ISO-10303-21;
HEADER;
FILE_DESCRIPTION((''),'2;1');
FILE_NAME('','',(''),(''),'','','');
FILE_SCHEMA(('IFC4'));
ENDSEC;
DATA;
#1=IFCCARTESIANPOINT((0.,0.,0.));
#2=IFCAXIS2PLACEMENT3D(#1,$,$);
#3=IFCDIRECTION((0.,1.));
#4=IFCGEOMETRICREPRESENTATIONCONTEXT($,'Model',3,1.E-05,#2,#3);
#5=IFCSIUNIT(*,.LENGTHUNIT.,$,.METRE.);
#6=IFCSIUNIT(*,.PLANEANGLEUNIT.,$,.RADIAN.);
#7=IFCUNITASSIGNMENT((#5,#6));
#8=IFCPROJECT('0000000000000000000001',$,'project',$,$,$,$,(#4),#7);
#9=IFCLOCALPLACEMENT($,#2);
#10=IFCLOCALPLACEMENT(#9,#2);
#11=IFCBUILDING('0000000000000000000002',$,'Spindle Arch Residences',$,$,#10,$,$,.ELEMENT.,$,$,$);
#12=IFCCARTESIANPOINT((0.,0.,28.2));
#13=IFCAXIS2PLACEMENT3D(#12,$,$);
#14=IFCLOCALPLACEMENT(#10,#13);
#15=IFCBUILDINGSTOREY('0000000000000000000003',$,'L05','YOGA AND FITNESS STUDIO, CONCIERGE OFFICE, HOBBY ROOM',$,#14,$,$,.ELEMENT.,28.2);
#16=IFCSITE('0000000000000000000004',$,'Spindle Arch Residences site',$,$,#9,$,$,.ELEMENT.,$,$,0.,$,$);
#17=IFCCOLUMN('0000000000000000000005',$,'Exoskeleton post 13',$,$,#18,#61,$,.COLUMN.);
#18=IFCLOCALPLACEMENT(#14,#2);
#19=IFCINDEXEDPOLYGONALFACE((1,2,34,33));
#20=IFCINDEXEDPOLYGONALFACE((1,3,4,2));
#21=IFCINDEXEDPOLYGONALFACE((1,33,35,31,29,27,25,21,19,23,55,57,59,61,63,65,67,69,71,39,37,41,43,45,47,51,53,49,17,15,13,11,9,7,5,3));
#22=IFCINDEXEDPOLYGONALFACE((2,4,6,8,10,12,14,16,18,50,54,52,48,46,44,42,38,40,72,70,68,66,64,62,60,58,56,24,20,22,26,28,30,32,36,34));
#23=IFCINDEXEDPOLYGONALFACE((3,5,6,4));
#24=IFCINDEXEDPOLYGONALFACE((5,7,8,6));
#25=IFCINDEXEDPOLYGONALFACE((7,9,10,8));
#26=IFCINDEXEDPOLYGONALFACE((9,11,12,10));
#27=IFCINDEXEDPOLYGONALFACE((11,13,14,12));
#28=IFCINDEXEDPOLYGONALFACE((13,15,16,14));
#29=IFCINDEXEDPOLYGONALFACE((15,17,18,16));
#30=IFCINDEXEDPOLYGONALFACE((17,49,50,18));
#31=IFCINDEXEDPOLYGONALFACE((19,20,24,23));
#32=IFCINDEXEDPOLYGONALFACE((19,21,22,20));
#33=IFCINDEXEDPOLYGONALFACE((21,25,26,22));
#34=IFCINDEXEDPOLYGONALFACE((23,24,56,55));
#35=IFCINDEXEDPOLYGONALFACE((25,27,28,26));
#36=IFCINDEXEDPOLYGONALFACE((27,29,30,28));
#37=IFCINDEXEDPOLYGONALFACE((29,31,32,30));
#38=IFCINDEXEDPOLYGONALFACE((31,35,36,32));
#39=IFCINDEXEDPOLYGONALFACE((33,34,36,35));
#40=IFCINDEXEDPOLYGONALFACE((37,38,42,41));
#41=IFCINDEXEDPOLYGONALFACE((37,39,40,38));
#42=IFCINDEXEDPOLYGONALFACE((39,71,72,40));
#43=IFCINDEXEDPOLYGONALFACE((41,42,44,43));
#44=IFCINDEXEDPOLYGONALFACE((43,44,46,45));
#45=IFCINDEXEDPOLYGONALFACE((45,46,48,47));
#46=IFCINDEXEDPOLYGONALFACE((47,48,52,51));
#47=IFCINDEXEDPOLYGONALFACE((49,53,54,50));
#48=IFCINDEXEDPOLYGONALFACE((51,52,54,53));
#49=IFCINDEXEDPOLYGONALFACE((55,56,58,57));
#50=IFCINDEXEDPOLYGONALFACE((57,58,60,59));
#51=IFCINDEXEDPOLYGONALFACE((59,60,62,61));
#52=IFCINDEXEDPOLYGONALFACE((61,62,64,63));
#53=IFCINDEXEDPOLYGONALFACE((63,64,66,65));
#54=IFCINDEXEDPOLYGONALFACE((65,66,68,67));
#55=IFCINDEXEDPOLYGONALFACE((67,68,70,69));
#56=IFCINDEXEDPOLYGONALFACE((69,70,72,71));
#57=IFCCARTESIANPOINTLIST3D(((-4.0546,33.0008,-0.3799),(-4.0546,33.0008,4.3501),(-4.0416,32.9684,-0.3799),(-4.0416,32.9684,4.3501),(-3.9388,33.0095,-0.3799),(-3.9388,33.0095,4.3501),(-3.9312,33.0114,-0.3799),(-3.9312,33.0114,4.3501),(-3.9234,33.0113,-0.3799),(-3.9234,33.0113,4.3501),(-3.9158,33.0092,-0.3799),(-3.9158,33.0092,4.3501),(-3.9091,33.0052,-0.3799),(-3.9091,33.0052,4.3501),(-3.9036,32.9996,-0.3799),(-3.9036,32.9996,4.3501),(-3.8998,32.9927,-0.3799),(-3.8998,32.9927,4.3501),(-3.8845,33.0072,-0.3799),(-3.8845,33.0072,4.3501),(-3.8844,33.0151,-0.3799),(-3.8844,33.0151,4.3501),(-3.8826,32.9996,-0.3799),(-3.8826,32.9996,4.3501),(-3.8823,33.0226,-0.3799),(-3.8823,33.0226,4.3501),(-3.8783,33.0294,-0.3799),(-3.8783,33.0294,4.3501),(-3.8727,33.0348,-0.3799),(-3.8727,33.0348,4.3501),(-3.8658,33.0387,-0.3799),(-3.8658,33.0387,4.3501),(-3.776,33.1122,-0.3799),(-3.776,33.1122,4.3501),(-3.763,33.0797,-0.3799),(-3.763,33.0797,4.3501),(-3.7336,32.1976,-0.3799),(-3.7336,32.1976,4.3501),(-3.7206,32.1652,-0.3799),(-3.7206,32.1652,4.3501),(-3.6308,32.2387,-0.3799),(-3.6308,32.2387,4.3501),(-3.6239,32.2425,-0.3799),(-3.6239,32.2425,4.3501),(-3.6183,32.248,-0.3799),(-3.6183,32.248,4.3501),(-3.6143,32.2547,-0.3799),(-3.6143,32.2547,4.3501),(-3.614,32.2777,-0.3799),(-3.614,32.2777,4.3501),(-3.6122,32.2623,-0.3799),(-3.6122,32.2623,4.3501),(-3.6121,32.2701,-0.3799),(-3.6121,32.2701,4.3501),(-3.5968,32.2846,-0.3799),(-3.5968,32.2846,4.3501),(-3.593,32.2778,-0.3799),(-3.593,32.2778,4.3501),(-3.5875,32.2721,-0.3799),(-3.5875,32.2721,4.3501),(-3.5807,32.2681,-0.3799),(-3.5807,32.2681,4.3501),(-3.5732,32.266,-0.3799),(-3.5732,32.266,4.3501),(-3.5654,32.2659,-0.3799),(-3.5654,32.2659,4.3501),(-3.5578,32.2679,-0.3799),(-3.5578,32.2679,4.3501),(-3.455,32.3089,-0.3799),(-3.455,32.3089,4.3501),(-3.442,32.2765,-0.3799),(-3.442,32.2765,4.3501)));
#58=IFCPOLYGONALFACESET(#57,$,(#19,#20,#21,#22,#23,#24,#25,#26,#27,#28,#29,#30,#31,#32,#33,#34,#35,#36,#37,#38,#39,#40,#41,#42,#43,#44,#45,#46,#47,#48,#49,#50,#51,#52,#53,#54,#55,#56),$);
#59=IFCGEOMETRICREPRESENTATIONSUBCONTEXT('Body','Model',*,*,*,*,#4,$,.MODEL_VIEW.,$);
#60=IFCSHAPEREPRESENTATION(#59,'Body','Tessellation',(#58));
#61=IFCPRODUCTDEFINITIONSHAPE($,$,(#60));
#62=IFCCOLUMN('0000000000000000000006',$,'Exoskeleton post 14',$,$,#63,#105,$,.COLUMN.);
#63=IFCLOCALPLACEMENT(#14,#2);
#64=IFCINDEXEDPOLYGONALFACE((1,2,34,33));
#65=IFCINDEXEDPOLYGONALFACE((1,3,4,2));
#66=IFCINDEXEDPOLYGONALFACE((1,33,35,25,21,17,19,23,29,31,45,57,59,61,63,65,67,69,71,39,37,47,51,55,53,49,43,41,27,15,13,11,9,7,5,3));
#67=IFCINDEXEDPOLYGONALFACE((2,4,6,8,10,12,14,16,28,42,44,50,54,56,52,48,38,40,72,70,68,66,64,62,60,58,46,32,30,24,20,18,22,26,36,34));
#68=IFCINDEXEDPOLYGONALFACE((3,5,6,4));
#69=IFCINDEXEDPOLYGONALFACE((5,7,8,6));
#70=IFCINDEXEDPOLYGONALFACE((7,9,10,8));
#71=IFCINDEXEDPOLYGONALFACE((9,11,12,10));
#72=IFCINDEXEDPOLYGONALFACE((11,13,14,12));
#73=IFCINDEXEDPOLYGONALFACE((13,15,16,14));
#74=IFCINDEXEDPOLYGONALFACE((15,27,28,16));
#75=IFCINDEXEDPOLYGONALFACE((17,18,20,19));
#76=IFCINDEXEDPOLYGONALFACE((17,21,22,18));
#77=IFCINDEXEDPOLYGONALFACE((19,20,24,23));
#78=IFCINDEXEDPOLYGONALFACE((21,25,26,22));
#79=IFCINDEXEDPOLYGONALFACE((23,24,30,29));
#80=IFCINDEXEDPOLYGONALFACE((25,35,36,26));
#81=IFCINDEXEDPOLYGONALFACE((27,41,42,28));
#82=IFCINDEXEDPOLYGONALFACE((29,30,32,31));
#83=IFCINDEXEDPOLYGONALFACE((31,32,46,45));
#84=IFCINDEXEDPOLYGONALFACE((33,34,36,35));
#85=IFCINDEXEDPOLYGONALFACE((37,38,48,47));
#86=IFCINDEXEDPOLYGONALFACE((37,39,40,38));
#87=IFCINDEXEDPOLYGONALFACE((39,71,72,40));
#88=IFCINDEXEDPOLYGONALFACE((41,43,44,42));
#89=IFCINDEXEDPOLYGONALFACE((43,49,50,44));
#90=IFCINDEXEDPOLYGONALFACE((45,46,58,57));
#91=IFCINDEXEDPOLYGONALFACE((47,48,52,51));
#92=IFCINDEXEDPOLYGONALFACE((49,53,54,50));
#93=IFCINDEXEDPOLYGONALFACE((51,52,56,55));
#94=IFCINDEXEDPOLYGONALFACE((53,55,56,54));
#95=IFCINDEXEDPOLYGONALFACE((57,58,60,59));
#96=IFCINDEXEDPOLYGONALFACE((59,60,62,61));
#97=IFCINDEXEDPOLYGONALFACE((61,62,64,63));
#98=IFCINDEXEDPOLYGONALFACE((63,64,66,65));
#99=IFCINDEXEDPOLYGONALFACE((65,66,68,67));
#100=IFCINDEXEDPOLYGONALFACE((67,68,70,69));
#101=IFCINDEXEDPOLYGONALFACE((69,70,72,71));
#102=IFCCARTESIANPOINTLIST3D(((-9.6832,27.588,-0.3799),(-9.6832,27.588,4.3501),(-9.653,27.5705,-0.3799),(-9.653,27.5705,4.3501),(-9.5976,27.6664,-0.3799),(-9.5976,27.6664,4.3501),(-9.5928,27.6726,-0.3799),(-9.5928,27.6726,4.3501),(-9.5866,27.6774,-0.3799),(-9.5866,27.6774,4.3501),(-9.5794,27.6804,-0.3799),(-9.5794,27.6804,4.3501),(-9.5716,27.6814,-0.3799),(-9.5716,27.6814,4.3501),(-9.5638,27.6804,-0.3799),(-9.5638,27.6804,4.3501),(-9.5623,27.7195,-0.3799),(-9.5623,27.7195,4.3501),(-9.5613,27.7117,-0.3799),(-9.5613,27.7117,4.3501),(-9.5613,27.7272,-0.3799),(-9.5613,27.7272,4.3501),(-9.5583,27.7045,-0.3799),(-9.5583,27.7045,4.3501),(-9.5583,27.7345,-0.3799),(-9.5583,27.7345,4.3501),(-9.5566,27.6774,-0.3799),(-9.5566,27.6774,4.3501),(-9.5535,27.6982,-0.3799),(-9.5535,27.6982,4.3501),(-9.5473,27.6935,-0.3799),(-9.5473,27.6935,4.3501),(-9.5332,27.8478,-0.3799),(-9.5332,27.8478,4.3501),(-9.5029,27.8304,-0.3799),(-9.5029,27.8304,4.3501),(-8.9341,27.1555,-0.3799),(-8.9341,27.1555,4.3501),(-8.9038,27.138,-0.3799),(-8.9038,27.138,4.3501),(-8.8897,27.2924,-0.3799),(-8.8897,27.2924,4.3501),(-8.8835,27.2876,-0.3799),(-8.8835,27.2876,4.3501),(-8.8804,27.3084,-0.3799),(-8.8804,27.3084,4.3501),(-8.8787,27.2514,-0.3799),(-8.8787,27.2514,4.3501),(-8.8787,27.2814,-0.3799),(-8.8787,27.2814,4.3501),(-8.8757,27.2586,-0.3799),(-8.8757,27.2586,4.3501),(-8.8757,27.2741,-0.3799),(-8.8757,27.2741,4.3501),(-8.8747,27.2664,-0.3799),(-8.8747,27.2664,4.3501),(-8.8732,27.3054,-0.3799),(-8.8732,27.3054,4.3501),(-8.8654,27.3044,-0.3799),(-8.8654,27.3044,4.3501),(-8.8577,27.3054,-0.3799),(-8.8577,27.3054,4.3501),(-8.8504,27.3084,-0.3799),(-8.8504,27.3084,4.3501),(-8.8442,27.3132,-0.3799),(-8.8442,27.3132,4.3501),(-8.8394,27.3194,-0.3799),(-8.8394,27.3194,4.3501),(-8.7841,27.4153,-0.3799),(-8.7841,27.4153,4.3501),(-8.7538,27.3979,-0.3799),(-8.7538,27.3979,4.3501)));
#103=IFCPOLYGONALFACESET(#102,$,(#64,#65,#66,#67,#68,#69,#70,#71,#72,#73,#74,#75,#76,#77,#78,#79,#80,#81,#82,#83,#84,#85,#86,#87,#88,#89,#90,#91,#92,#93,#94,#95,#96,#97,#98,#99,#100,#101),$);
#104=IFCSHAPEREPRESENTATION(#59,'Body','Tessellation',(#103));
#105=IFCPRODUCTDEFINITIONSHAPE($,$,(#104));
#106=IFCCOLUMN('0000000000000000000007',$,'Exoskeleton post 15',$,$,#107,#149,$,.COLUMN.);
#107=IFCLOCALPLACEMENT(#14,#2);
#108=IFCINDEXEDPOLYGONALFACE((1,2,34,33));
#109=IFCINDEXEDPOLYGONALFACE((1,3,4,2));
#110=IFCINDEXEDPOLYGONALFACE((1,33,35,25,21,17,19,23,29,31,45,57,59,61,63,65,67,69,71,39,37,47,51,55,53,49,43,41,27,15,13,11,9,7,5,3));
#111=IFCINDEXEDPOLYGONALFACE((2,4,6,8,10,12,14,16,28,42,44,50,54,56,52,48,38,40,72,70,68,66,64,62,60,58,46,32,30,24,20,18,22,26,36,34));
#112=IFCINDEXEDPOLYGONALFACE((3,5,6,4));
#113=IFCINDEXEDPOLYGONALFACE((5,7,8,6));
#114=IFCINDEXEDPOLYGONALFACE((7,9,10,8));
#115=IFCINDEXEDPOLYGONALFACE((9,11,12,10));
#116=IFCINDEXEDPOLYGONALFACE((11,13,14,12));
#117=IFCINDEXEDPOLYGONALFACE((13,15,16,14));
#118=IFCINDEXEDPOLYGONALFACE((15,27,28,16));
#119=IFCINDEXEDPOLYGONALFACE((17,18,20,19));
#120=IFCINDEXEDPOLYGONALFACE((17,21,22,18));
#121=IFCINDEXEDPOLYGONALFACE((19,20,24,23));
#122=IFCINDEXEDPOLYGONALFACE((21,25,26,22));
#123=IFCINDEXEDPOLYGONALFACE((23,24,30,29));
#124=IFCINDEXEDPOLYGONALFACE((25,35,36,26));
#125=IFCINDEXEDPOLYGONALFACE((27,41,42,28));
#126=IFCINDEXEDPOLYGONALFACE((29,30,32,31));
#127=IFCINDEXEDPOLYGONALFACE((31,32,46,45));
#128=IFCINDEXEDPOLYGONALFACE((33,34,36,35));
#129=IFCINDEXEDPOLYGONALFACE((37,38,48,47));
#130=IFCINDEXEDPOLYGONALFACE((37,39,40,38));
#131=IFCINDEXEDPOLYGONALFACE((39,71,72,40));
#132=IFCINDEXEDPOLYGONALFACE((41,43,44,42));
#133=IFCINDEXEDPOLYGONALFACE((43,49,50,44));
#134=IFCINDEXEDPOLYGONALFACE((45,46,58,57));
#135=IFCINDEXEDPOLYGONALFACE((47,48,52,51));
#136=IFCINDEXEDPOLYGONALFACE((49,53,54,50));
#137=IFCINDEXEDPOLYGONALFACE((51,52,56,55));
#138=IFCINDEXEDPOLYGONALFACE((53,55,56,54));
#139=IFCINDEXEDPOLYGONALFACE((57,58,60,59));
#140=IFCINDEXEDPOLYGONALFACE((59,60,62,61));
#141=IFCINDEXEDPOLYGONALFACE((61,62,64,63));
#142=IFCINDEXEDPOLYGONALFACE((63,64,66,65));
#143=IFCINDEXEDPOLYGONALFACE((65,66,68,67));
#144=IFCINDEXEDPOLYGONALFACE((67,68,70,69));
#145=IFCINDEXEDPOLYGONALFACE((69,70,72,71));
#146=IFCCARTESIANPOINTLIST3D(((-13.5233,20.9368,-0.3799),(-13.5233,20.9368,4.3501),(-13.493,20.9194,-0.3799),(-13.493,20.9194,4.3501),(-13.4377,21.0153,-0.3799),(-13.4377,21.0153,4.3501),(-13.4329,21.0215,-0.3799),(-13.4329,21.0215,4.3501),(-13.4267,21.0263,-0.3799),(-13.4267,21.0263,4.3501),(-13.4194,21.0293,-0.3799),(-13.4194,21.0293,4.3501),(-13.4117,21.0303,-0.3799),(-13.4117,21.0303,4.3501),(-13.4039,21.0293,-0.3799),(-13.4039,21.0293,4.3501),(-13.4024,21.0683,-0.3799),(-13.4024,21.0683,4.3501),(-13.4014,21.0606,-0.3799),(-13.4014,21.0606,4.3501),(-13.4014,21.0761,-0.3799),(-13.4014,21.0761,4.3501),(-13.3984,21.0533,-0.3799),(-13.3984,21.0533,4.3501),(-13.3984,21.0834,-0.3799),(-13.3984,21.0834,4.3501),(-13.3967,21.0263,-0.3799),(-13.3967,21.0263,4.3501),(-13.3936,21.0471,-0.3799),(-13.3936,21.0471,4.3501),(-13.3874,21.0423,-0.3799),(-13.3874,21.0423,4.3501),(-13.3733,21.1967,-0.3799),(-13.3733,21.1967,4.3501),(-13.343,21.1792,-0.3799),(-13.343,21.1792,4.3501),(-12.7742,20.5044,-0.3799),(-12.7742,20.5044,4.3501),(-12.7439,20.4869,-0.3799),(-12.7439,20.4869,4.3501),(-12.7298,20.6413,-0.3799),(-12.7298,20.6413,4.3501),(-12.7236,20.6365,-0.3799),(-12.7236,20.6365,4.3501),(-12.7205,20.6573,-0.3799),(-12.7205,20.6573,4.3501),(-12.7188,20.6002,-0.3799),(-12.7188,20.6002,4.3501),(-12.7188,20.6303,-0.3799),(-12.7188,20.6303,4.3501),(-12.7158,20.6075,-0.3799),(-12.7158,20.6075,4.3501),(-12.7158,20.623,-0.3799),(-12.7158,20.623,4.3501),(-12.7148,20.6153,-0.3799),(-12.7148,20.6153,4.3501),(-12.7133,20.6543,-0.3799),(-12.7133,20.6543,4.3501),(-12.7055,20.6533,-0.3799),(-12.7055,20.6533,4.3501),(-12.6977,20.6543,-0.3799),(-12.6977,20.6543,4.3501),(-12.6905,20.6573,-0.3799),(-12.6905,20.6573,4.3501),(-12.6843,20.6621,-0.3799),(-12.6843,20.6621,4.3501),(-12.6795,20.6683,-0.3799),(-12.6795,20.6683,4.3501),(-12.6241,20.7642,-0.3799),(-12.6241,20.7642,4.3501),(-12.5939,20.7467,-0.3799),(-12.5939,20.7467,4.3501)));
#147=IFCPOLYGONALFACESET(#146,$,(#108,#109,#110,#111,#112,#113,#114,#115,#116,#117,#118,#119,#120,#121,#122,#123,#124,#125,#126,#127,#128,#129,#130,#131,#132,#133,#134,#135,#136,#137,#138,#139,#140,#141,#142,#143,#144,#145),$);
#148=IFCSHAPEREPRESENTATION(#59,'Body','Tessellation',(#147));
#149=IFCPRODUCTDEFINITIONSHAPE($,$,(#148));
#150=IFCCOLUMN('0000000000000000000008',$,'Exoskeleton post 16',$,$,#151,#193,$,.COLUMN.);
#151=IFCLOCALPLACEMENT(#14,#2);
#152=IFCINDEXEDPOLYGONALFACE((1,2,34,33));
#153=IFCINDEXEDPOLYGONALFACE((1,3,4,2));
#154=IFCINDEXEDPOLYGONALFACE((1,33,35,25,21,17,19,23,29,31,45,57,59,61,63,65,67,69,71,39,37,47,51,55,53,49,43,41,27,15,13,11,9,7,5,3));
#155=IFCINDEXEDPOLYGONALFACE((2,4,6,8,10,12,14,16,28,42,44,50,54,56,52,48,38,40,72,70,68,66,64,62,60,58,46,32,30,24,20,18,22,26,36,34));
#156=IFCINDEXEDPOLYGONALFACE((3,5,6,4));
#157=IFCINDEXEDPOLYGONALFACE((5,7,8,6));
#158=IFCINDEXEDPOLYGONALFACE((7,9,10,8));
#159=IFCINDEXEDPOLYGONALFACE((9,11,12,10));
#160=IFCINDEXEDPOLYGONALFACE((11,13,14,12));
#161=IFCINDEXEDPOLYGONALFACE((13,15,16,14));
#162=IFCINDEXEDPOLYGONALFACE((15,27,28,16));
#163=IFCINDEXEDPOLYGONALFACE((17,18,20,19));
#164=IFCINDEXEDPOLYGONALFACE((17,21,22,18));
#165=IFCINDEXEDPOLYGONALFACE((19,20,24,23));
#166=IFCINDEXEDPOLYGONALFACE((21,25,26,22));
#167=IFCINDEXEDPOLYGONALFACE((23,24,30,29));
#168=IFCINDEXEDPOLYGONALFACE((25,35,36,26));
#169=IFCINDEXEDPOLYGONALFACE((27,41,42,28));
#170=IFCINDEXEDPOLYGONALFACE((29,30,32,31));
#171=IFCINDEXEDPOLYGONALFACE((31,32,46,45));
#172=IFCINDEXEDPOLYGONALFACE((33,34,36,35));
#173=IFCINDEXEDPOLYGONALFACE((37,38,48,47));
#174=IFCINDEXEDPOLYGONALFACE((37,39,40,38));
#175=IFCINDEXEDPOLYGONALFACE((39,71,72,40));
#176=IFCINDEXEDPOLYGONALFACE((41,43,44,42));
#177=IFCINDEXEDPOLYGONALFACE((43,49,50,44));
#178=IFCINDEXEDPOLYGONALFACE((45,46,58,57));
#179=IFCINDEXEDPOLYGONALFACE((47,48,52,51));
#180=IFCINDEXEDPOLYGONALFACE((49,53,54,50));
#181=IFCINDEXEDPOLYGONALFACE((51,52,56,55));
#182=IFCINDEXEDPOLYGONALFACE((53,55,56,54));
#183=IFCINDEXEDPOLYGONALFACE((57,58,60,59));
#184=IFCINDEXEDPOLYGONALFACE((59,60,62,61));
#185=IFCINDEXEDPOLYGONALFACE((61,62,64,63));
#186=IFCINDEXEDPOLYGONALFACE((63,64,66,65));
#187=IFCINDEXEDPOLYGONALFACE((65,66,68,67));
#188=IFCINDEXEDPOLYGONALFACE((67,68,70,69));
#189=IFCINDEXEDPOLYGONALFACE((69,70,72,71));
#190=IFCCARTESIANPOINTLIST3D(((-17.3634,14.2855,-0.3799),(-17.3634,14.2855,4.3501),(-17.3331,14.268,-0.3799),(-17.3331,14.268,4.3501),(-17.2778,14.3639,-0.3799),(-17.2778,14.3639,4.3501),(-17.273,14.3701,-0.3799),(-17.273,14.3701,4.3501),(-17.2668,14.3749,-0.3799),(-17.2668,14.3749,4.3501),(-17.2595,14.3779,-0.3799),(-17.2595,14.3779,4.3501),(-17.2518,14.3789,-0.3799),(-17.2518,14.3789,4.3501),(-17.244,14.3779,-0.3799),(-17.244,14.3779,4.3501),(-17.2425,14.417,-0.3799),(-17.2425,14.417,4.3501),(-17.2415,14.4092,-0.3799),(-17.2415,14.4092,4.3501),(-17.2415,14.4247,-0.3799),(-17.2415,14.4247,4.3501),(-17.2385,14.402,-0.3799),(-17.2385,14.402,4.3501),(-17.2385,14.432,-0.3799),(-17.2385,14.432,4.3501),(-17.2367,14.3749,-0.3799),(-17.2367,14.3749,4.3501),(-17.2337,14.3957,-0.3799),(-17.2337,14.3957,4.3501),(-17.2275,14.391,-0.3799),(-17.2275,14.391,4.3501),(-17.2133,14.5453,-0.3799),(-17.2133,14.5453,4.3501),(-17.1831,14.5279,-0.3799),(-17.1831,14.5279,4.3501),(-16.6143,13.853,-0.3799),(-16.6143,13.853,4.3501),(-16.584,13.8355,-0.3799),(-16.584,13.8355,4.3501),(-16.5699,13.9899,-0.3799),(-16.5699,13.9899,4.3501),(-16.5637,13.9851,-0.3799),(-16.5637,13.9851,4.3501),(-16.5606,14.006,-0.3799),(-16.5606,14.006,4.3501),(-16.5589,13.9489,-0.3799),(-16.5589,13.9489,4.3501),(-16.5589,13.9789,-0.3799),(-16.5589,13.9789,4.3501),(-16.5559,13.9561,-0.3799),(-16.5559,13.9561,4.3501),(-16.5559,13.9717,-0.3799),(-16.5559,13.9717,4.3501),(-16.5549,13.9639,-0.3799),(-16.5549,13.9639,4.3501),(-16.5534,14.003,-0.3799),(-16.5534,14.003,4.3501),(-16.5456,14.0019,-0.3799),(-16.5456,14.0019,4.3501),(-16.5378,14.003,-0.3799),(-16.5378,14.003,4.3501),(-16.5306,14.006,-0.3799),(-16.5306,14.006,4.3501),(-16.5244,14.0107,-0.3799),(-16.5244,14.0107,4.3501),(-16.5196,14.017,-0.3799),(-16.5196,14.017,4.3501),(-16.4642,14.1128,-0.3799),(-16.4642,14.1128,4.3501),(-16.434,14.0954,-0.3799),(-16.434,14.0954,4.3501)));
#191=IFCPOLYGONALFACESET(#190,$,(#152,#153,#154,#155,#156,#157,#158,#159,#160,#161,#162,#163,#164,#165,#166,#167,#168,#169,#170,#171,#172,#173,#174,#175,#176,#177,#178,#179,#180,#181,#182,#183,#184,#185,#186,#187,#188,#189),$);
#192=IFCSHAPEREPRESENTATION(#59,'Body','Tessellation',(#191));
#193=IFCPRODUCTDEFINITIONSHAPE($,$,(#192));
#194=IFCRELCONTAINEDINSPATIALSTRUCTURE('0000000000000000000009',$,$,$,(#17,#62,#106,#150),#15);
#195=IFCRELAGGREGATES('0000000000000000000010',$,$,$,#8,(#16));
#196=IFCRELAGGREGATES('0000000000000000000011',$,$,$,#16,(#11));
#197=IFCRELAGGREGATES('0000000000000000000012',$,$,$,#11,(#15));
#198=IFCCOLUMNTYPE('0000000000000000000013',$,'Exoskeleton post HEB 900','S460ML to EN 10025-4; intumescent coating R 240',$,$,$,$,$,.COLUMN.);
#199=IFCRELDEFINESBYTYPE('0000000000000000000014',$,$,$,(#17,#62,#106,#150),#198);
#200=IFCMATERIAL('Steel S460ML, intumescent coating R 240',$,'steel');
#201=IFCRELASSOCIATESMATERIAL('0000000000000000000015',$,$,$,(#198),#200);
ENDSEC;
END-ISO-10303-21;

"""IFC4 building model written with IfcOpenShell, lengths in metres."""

from ifc_helpers import new_model, si_unit, direction, frame, origin, origin_2d, place, context, subcontext, project, spatial, i_section, extrude, material, material_profile, profile_set, type_object, element, save


model = new_model("IFC4")

# Units and contexts
model_context = context("Model", 3, precision=1e-05, world=origin(), true_north=direction((0.0, 1.0)))
body_context = subcontext(model_context, "Body", "Model", "MODEL_VIEW")
ifc_project = project(units=[si_unit("LENGTHUNIT", "METRE"), si_unit("PLANEANGLEUNIT", "RADIAN")], contexts=[model_context])

# Site, building, storey
site_placement = place(None, origin())
site = spatial("IfcSite", under=ifc_project, at=site_placement, Name="Spindle Arch Residences site", CompositionType="ELEMENT", RefElevation=0.0)
building_placement = place(site_placement, origin())
building = spatial("IfcBuilding", under=site, at=building_placement, Name="Spindle Arch Residences", CompositionType="ELEMENT")
storey_placement = place(building_placement, frame((0.0, 0.0, 28.2)))
storey = spatial("IfcBuildingStorey", under=building, at=storey_placement, Name="L05", Description="YOGA AND FITNESS STUDIO, CONCIERGE OFFICE, HOBBY ROOM", CompositionType="ELEMENT", Elevation=28.2)

# Columns
ifc_material_1 = material(Name="Steel S460ML, intumescent coating R 240", Category="steel")
ifc_material_profile_1 = material_profile(ifc_material_1, i_section(OverallWidth=0.3, OverallDepth=0.8999, WebThickness=0.0186, FlangeThickness=0.0349, FilletRadius=0.03, at=origin_2d()), Name="HEB 900")
ifc_profile_set_1 = profile_set([ifc_material_profile_1], Name="Steel S460ML, intumescent coating R 240")
column_type_1 = type_object("IfcColumnType", Name="Exoskeleton post HEB 900", Description="S460ML to EN 10025-4; intumescent coating R 240", PredefinedType="COLUMN", material=ifc_profile_set_1)
for number, where, z_axis, x_axis, name in (
    (1, (-3.7483, 32.6387, -0.3799), (0.0, 0.0, 1.0), (0.92859, 0.371108, 0.0), "Exoskeleton post 13"),
    (2, (-9.2185, 27.4929, -0.3799), (0.0, 0.0, 1.0), (0.5, 0.866025, 0.0), "Exoskeleton post 14"),
    (3, (-13.0586, 20.8418, -0.3799), (0.0, 0.0, 1.0), (0.5, 0.866025, 0.0), "Exoskeleton post 15"),
    (4, (-16.8987, 14.1904, -0.3799), (0.0, 0.0, 1.0), (0.5, 0.866025, 0.0), "Exoskeleton post 16"),
):
    element("IfcColumn", number, at=place(storey_placement, frame(where, z_axis=z_axis, x_axis=x_axis)), inside=storey, type_object=column_type_1, Name=name, PredefinedType="COLUMN", context=body_context, shape_type="SweptSolid", body=[
        extrude(i_section(OverallWidth=0.3, OverallDepth=0.8999, WebThickness=0.0186, FlangeThickness=0.0349, FilletRadius=0.03, at=origin_2d()), origin(), (0.0, 0.0, 1.0), 4.73),
    ])

save(model, "model.ifc")
